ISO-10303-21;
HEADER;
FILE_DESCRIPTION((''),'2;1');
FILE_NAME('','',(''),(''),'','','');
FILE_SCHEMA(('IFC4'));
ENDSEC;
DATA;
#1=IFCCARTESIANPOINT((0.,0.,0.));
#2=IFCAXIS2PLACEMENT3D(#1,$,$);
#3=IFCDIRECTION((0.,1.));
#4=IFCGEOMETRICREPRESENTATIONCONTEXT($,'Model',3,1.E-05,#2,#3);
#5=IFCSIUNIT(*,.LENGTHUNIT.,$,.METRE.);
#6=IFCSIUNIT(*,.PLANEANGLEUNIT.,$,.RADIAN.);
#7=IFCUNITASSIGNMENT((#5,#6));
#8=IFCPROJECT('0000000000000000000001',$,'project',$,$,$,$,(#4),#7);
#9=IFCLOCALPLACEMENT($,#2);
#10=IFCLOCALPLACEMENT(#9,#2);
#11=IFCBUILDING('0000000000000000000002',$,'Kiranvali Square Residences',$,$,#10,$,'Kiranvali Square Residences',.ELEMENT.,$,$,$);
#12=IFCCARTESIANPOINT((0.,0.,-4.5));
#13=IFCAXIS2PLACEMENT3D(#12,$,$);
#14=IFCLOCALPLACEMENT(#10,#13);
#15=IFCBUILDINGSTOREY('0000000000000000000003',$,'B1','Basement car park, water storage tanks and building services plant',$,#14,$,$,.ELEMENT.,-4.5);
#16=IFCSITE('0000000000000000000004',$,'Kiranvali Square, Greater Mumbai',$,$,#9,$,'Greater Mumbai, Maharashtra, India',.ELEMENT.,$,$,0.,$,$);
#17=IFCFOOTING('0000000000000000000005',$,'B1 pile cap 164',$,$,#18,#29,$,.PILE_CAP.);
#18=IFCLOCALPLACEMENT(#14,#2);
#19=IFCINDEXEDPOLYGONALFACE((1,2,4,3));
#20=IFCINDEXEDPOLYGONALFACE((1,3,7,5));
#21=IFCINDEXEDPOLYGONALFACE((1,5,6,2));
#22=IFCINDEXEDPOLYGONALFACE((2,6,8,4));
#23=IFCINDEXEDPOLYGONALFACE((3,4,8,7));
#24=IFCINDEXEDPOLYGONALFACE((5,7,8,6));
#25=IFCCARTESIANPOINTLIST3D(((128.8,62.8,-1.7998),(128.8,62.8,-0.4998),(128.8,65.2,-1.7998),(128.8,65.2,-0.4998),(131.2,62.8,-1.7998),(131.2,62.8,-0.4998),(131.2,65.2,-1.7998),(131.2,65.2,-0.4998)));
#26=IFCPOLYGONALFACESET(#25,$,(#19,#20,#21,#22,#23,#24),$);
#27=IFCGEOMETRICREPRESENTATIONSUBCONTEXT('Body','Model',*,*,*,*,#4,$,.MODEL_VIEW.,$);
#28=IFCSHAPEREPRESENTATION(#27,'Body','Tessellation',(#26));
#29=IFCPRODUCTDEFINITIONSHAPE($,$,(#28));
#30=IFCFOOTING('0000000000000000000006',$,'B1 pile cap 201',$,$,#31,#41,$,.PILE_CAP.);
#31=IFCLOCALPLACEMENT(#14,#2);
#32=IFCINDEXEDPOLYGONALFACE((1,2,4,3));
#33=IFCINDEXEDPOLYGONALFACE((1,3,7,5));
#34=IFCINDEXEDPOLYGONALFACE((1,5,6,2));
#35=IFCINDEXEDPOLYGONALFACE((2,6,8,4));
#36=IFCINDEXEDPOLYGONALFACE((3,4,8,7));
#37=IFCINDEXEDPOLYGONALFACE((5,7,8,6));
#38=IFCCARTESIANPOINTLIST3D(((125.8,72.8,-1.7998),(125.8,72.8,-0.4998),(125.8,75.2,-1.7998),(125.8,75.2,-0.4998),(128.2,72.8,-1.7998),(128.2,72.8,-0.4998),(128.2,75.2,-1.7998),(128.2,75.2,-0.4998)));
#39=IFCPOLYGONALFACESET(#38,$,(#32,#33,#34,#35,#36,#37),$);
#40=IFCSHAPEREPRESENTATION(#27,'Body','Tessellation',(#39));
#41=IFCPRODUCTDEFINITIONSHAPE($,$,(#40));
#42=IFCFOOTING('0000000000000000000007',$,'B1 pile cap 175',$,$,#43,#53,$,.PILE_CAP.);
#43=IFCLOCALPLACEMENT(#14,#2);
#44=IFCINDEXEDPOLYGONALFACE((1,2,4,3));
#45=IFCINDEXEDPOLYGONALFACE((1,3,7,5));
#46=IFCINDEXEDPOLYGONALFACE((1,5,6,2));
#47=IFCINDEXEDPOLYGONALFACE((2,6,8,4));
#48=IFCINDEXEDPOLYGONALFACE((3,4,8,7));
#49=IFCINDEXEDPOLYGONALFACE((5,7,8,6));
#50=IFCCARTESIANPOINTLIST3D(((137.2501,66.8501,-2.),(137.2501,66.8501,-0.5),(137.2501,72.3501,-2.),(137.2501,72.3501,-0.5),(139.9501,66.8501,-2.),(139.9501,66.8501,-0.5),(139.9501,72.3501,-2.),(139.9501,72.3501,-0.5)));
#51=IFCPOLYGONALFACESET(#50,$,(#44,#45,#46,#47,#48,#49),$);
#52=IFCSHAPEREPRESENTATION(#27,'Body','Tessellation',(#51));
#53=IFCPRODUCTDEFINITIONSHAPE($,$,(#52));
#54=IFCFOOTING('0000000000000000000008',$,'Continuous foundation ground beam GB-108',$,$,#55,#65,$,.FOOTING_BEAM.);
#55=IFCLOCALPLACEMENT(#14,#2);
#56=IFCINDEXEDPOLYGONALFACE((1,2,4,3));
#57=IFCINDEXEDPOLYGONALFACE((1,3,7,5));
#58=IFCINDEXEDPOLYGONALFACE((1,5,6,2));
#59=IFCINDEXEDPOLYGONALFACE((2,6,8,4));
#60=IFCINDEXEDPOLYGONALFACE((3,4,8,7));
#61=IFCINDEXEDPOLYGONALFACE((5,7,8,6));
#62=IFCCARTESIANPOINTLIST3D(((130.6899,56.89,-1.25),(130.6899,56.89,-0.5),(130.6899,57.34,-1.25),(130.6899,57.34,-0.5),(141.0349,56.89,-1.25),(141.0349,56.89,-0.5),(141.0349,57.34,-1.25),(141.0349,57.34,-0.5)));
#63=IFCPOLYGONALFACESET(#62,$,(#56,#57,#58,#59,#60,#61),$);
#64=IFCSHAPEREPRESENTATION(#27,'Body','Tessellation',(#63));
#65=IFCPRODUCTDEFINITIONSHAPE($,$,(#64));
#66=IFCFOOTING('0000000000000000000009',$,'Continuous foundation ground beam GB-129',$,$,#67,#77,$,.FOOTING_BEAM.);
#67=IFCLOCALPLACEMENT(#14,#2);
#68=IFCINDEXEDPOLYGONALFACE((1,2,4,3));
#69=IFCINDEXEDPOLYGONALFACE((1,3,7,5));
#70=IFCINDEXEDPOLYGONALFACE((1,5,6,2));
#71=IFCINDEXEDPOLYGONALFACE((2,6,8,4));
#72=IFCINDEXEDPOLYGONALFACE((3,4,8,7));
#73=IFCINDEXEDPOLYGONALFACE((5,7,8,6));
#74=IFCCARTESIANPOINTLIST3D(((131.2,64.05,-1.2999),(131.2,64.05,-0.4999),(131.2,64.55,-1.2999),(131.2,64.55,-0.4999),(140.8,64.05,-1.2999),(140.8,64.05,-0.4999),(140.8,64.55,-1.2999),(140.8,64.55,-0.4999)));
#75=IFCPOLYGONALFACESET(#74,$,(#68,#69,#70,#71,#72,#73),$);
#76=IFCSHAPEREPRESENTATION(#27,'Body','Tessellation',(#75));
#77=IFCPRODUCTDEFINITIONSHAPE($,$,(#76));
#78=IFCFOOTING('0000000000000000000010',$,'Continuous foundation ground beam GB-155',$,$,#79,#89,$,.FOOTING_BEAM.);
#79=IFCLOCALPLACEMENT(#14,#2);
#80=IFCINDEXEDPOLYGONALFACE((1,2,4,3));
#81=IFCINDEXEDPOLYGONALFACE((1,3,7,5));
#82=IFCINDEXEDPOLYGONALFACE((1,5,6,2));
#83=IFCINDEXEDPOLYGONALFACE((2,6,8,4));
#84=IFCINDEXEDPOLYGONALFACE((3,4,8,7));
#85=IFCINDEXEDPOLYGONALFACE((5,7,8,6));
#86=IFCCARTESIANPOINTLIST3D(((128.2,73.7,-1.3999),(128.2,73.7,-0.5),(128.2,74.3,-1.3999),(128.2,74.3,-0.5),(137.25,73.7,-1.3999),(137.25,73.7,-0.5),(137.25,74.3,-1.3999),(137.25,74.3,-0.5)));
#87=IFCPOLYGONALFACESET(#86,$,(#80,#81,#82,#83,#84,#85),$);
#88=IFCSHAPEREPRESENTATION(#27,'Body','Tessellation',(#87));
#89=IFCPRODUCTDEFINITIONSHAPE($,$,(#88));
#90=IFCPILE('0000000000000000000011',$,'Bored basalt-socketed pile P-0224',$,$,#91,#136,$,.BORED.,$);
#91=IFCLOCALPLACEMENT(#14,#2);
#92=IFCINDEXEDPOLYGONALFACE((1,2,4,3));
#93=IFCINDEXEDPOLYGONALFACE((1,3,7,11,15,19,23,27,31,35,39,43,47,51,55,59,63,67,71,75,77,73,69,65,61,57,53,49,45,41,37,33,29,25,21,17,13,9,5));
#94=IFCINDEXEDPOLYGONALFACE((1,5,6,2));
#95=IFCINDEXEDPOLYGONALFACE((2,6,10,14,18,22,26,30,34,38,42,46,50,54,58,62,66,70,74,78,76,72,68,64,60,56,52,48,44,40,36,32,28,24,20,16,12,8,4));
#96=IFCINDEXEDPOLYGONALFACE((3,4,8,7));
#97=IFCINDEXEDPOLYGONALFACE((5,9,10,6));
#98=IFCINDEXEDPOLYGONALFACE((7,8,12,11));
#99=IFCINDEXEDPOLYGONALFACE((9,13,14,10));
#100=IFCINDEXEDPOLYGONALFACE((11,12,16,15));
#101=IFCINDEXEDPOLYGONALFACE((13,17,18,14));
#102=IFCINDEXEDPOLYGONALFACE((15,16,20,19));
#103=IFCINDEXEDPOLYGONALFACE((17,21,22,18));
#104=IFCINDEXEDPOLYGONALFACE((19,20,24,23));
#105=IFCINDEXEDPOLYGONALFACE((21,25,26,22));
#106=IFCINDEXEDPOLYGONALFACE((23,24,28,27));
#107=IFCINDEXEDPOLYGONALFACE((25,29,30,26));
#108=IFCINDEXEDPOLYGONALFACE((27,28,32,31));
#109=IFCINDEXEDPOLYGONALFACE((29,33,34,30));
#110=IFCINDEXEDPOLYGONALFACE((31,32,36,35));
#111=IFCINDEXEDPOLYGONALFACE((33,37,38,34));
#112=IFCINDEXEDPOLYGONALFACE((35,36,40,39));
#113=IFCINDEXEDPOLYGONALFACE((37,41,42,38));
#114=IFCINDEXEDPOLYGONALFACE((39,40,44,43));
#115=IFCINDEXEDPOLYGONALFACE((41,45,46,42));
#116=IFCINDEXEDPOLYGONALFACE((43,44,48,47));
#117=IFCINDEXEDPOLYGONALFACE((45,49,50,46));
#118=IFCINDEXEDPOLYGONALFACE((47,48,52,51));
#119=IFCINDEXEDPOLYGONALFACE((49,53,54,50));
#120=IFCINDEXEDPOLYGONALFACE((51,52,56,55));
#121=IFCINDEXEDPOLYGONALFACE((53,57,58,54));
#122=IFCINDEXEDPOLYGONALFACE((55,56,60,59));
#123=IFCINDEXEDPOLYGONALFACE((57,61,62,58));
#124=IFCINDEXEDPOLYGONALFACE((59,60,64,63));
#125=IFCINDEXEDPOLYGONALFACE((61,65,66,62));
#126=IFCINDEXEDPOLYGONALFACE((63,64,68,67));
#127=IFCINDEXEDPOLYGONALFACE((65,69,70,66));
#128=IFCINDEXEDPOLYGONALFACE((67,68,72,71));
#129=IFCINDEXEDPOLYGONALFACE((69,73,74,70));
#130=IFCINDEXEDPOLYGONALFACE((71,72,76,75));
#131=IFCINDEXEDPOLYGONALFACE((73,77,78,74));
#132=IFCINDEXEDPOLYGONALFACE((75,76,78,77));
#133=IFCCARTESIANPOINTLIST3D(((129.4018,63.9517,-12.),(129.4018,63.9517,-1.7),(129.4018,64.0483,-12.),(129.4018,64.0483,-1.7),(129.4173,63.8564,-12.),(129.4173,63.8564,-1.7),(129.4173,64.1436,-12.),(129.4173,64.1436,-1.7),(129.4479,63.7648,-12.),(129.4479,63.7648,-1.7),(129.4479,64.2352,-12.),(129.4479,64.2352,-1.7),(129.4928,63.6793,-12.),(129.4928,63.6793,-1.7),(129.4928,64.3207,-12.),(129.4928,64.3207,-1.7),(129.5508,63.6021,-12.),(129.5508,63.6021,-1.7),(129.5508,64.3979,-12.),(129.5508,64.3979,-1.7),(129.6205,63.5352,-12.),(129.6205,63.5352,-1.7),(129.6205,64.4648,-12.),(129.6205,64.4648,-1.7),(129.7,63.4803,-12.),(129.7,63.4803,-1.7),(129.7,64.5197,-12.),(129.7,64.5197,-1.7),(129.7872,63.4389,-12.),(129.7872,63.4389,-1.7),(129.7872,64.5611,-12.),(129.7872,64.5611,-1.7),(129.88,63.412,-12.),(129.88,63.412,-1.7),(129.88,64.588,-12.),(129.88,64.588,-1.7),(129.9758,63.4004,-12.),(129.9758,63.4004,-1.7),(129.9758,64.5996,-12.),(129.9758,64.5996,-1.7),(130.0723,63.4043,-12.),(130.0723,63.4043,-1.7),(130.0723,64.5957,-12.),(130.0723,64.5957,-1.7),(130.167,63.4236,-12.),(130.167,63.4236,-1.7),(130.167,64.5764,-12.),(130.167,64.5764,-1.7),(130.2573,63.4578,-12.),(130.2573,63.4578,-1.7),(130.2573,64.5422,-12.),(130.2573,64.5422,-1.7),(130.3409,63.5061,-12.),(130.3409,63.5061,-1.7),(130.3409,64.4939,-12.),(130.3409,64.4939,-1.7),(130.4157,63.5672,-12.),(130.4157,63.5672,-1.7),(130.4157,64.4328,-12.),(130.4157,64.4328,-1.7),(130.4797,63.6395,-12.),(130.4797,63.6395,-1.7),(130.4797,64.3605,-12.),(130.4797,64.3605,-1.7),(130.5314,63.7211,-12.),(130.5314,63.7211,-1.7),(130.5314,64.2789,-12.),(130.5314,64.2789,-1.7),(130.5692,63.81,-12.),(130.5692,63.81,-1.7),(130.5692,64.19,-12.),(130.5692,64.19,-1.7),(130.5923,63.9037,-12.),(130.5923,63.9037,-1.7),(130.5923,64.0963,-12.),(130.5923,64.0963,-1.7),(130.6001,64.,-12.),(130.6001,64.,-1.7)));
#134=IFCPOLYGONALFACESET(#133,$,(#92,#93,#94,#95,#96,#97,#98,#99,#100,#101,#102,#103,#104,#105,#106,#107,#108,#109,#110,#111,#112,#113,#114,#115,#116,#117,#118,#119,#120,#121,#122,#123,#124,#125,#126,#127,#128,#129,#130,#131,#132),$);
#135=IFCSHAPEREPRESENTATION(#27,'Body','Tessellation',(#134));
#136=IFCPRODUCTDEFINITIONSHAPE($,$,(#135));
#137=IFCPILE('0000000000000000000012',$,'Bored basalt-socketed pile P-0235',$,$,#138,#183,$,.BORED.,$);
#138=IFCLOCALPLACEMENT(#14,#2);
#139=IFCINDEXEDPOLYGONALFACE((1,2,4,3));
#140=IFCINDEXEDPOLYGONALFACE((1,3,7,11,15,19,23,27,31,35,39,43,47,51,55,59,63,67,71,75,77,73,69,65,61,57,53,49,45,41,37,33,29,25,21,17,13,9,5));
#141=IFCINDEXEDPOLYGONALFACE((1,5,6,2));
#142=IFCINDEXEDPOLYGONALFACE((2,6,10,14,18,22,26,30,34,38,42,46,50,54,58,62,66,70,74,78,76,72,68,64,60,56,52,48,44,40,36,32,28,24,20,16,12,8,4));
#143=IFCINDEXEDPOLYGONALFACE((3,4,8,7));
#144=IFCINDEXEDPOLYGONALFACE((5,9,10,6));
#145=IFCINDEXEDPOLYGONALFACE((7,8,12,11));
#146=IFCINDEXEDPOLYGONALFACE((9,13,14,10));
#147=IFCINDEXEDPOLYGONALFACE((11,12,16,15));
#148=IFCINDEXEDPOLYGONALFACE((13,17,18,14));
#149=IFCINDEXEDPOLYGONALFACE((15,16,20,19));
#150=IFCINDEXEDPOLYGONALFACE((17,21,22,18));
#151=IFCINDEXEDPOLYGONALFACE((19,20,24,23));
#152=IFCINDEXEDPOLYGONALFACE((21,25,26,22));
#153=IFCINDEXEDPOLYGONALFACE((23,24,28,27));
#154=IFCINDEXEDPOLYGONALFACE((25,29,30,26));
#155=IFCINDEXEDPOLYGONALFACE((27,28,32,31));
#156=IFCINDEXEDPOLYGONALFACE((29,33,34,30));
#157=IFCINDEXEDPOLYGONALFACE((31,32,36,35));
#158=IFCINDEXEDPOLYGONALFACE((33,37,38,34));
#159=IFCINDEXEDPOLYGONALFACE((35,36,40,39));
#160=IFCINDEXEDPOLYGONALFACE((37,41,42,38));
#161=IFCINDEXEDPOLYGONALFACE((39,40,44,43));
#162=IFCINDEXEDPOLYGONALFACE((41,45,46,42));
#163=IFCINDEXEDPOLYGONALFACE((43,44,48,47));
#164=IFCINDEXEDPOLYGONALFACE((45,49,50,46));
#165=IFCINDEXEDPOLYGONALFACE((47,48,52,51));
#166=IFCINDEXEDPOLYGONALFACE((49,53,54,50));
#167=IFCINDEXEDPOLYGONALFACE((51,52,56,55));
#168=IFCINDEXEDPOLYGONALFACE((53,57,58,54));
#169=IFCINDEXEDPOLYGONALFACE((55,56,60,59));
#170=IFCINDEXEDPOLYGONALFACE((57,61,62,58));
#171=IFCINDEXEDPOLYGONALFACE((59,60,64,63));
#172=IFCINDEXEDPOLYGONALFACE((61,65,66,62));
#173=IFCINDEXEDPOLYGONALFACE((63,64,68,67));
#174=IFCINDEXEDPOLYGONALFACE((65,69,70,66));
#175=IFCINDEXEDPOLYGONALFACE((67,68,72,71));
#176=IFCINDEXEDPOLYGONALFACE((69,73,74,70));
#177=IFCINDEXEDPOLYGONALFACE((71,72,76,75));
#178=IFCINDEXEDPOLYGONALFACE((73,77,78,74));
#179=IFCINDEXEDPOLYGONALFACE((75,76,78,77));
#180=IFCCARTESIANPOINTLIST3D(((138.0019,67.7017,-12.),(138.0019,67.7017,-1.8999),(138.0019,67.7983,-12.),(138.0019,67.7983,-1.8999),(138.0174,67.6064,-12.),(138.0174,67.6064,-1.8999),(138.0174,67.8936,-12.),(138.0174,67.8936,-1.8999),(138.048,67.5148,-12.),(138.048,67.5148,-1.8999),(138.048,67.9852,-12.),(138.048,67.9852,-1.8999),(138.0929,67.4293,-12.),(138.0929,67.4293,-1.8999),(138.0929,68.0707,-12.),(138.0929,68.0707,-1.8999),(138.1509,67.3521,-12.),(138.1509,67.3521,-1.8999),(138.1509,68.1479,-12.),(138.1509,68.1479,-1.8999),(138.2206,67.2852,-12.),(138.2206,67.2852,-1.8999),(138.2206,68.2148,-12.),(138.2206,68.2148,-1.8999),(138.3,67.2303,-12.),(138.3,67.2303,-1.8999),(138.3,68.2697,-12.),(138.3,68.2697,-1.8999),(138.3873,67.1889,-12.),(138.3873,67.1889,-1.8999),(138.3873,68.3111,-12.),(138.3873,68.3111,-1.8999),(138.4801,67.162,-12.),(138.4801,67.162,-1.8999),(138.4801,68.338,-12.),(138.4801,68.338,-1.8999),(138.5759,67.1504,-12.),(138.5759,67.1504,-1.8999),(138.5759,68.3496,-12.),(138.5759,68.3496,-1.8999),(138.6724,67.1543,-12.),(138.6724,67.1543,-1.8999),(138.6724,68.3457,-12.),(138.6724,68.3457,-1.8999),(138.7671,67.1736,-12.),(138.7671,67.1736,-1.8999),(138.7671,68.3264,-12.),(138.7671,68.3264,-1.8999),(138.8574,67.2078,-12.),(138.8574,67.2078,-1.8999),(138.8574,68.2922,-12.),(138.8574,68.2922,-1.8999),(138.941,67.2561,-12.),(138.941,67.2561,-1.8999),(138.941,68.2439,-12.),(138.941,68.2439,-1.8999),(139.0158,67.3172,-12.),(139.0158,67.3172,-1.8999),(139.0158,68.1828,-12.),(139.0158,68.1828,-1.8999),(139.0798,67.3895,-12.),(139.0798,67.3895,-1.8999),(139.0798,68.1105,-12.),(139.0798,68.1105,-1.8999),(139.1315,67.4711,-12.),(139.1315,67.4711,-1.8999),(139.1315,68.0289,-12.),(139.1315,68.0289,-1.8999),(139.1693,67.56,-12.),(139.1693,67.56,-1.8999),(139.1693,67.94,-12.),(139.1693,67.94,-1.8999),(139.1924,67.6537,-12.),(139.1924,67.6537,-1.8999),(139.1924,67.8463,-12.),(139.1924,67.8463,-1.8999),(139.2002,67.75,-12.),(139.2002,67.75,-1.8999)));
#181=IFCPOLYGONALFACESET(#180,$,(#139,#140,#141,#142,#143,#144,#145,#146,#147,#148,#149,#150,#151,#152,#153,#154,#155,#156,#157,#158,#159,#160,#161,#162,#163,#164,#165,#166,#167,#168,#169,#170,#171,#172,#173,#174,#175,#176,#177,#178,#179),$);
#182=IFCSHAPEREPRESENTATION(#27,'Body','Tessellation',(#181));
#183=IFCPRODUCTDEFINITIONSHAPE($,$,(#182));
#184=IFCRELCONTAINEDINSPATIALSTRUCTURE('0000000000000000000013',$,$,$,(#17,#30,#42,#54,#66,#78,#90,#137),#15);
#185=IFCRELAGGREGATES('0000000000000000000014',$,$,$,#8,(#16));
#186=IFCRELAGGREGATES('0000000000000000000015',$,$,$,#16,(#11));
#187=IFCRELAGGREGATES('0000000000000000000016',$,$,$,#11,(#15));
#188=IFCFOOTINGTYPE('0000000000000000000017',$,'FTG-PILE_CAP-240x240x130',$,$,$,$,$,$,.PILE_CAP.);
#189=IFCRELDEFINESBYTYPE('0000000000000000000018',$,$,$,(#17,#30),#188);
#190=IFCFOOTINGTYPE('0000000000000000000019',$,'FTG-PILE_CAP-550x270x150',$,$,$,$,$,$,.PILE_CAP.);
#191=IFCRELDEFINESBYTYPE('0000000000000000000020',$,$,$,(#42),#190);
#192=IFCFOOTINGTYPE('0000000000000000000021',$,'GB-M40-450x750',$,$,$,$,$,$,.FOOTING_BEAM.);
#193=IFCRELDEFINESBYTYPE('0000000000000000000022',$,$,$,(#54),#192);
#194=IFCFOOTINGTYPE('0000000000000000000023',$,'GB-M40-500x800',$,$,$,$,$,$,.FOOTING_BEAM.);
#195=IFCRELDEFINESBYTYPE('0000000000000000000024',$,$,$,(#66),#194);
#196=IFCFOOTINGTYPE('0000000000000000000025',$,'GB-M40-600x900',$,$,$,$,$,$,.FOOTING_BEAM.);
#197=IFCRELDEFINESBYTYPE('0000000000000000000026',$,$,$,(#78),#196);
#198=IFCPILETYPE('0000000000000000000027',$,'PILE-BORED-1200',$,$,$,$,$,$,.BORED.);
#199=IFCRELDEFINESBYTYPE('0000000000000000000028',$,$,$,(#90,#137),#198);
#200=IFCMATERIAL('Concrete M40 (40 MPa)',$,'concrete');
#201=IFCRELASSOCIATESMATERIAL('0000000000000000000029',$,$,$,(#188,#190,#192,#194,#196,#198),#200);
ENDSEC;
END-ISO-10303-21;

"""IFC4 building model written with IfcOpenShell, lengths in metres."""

from ifc_helpers import new_model, si_unit, direction, frame, origin, origin_2d, place, context, subcontext, project, spatial, rectangle, circle, extrude, material, material_profile, profile_set, type_object, element, save


model = new_model("IFC4")

# Units and contexts
model_context = context("Model", 3, precision=1e-05, world=origin(), true_north=direction((0.0, 1.0)))
body_context = subcontext(model_context, "Body", "Model", "MODEL_VIEW")
ifc_project = project(units=[si_unit("LENGTHUNIT", "METRE"), si_unit("PLANEANGLEUNIT", "RADIAN")], contexts=[model_context])

# Site, building, storey
site_placement = place(None, origin())
site = spatial("IfcSite", under=ifc_project, at=site_placement, Name="Kiranvali Square, Greater Mumbai", LongName="Greater Mumbai, Maharashtra, India", CompositionType="ELEMENT", RefElevation=0.0)
building_placement = place(site_placement, origin())
building = spatial("IfcBuilding", under=site, at=building_placement, Name="Kiranvali Square Residences", LongName="Kiranvali Square Residences", CompositionType="ELEMENT")
storey_placement = place(building_placement, frame((0.0, 0.0, -4.5)))
storey = spatial("IfcBuildingStorey", under=building, at=storey_placement, Name="B1", Description="Basement car park, water storage tanks and building services plant", CompositionType="ELEMENT", Elevation=-4.5)

# Footings
ifc_material_1 = material(Name="Concrete M40 (40 MPa)", Category="concrete")
footing_type_1 = type_object("IfcFootingType", Name="FTG-PILE_CAP-240x240x130", PredefinedType="PILE_CAP", material=ifc_material_1)
for number, where, z_axis, x_axis, name in (
    (1, (130.0, 64.0, -1.7998), (0.0, 0.0, 1.0), (1.0, 0.0, 0.0), "B1 pile cap 164"),
    (2, (127.0, 74.0, -1.7998), (0.0, 0.0, 1.0), (1.0, 0.0, 0.0), "B1 pile cap 201"),
):
    element("IfcFooting", number, at=place(storey_placement, frame(where, z_axis=z_axis, x_axis=x_axis)), inside=storey, type_object=footing_type_1, Name=name, PredefinedType="PILE_CAP", context=body_context, shape_type="SweptSolid", body=[
        extrude(rectangle(XDim=2.3999, YDim=2.3999, at=origin_2d()), origin(), (0.0, 0.0, 1.0), 1.3),
    ])
footing_type_2 = type_object("IfcFootingType", Name="FTG-PILE_CAP-550x270x150", PredefinedType="PILE_CAP", material=ifc_material_1)
footing_1_placement = place(storey_placement, frame((138.6001, 69.6001, -2.0), z_axis=(0.0, 0.0, 1.0), x_axis=(0.0, 1.0, 0.0)))
element("IfcFooting", 3, at=footing_1_placement, inside=storey, type_object=footing_type_2, Name="B1 pile cap 175", PredefinedType="PILE_CAP", context=body_context, shape_type="SweptSolid", body=[
    extrude(rectangle(XDim=5.5, YDim=2.7, at=origin_2d()), origin(), (0.0, 0.0, 1.0), 1.5),
])
ifc_material_profile_1 = material_profile(ifc_material_1, rectangle(XDim=0.45, YDim=0.75, at=origin_2d()), Name="GB 450x750")
ifc_profile_set_1 = profile_set([ifc_material_profile_1], Name="Concrete M40 (40 MPa)")
footing_type_3 = type_object("IfcFootingType", Name="GB-M40-450x750", PredefinedType="FOOTING_BEAM", material=ifc_profile_set_1)
footing_2_placement = place(storey_placement, frame((130.6899, 57.115, -0.875), z_axis=(1.0, 0.0, 0.0), x_axis=(0.0, 1.0, 0.0)))
element("IfcFooting", 4, at=footing_2_placement, inside=storey, type_object=footing_type_3, Name="Continuous foundation ground beam GB-108", PredefinedType="FOOTING_BEAM", context=body_context, shape_type="SweptSolid", body=[
    extrude(rectangle(XDim=0.45, YDim=0.75, at=origin_2d()), origin(), (0.0, 0.0, 1.0), 10.345),
])
ifc_material_profile_2 = material_profile(ifc_material_1, rectangle(XDim=0.5, YDim=0.8, at=origin_2d()), Name="GB 500x800")
ifc_profile_set_2 = profile_set([ifc_material_profile_2], Name="Concrete M40 (40 MPa)")
footing_type_4 = type_object("IfcFootingType", Name="GB-M40-500x800", PredefinedType="FOOTING_BEAM", material=ifc_profile_set_2)
footing_3_placement = place(storey_placement, frame((131.2, 64.3, -0.8999), z_axis=(1.0, 0.0, 0.0), x_axis=(0.0, 1.0, 0.0)))
element("IfcFooting", 5, at=footing_3_placement, inside=storey, type_object=footing_type_4, Name="Continuous foundation ground beam GB-129", PredefinedType="FOOTING_BEAM", context=body_context, shape_type="SweptSolid", body=[
    extrude(rectangle(XDim=0.5, YDim=0.8, at=origin_2d()), origin(), (0.0, 0.0, 1.0), 9.6001),
])
ifc_material_profile_3 = material_profile(ifc_material_1, rectangle(XDim=0.6001, YDim=0.8999, at=origin_2d()), Name="GB 600x900")
ifc_profile_set_3 = profile_set([ifc_material_profile_3], Name="Concrete M40 (40 MPa)")
footing_type_5 = type_object("IfcFootingType", Name="GB-M40-600x900", PredefinedType="FOOTING_BEAM", material=ifc_profile_set_3)
footing_4_placement = place(storey_placement, frame((128.2, 74.0, -0.95), z_axis=(1.0, 0.0, 0.0), x_axis=(0.0, 1.0, 0.0)))
element("IfcFooting", 6, at=footing_4_placement, inside=storey, type_object=footing_type_5, Name="Continuous foundation ground beam GB-155", PredefinedType="FOOTING_BEAM", context=body_context, shape_type="SweptSolid", body=[
    extrude(rectangle(XDim=0.6001, YDim=0.8999, at=origin_2d()), origin(), (0.0, 0.0, 1.0), 9.05),
])

# Piles
ifc_material_profile_4 = material_profile(ifc_material_1, circle(Radius=0.6001, at=origin_2d()), Name="BORED PILE 1200")
ifc_profile_set_4 = profile_set([ifc_material_profile_4], Name="Concrete M40 (40 MPa)")
pile_type = type_object("IfcPileType", Name="PILE-BORED-1200", PredefinedType="BORED", material=ifc_profile_set_4)
pile_1_placement = place(storey_placement, frame((130.0, 64.0, -1.7), z_axis=(0.0, 0.0, -1.0), x_axis=(1.0, 0.0, 0.0)))
element("IfcPile", 7, at=pile_1_placement, inside=storey, type_object=pile_type, Name="Bored basalt-socketed pile P-0224", PredefinedType="BORED", context=body_context, shape_type="SweptSolid", body=[
    extrude(circle(Radius=0.6001, at=origin_2d()), origin(), (0.0, 0.0, 1.0), 10.3),
])
for number, where, z_axis, x_axis, name in (
    (8, (138.6001, 67.75, -1.8999), (0.0, 0.0, -1.0), (1.0, 0.0, 0.0), "Bored basalt-socketed pile P-0235"),
):
    element("IfcPile", number, at=place(storey_placement, frame(where, z_axis=z_axis, x_axis=x_axis)), inside=storey, type_object=pile_type, Name=name, PredefinedType="BORED", context=body_context, shape_type="SweptSolid", body=[
        extrude(circle(Radius=0.6001, at=origin_2d()), origin(), (0.0, 0.0, 1.0), 10.1001),
    ])

save(model, "model.ifc")
